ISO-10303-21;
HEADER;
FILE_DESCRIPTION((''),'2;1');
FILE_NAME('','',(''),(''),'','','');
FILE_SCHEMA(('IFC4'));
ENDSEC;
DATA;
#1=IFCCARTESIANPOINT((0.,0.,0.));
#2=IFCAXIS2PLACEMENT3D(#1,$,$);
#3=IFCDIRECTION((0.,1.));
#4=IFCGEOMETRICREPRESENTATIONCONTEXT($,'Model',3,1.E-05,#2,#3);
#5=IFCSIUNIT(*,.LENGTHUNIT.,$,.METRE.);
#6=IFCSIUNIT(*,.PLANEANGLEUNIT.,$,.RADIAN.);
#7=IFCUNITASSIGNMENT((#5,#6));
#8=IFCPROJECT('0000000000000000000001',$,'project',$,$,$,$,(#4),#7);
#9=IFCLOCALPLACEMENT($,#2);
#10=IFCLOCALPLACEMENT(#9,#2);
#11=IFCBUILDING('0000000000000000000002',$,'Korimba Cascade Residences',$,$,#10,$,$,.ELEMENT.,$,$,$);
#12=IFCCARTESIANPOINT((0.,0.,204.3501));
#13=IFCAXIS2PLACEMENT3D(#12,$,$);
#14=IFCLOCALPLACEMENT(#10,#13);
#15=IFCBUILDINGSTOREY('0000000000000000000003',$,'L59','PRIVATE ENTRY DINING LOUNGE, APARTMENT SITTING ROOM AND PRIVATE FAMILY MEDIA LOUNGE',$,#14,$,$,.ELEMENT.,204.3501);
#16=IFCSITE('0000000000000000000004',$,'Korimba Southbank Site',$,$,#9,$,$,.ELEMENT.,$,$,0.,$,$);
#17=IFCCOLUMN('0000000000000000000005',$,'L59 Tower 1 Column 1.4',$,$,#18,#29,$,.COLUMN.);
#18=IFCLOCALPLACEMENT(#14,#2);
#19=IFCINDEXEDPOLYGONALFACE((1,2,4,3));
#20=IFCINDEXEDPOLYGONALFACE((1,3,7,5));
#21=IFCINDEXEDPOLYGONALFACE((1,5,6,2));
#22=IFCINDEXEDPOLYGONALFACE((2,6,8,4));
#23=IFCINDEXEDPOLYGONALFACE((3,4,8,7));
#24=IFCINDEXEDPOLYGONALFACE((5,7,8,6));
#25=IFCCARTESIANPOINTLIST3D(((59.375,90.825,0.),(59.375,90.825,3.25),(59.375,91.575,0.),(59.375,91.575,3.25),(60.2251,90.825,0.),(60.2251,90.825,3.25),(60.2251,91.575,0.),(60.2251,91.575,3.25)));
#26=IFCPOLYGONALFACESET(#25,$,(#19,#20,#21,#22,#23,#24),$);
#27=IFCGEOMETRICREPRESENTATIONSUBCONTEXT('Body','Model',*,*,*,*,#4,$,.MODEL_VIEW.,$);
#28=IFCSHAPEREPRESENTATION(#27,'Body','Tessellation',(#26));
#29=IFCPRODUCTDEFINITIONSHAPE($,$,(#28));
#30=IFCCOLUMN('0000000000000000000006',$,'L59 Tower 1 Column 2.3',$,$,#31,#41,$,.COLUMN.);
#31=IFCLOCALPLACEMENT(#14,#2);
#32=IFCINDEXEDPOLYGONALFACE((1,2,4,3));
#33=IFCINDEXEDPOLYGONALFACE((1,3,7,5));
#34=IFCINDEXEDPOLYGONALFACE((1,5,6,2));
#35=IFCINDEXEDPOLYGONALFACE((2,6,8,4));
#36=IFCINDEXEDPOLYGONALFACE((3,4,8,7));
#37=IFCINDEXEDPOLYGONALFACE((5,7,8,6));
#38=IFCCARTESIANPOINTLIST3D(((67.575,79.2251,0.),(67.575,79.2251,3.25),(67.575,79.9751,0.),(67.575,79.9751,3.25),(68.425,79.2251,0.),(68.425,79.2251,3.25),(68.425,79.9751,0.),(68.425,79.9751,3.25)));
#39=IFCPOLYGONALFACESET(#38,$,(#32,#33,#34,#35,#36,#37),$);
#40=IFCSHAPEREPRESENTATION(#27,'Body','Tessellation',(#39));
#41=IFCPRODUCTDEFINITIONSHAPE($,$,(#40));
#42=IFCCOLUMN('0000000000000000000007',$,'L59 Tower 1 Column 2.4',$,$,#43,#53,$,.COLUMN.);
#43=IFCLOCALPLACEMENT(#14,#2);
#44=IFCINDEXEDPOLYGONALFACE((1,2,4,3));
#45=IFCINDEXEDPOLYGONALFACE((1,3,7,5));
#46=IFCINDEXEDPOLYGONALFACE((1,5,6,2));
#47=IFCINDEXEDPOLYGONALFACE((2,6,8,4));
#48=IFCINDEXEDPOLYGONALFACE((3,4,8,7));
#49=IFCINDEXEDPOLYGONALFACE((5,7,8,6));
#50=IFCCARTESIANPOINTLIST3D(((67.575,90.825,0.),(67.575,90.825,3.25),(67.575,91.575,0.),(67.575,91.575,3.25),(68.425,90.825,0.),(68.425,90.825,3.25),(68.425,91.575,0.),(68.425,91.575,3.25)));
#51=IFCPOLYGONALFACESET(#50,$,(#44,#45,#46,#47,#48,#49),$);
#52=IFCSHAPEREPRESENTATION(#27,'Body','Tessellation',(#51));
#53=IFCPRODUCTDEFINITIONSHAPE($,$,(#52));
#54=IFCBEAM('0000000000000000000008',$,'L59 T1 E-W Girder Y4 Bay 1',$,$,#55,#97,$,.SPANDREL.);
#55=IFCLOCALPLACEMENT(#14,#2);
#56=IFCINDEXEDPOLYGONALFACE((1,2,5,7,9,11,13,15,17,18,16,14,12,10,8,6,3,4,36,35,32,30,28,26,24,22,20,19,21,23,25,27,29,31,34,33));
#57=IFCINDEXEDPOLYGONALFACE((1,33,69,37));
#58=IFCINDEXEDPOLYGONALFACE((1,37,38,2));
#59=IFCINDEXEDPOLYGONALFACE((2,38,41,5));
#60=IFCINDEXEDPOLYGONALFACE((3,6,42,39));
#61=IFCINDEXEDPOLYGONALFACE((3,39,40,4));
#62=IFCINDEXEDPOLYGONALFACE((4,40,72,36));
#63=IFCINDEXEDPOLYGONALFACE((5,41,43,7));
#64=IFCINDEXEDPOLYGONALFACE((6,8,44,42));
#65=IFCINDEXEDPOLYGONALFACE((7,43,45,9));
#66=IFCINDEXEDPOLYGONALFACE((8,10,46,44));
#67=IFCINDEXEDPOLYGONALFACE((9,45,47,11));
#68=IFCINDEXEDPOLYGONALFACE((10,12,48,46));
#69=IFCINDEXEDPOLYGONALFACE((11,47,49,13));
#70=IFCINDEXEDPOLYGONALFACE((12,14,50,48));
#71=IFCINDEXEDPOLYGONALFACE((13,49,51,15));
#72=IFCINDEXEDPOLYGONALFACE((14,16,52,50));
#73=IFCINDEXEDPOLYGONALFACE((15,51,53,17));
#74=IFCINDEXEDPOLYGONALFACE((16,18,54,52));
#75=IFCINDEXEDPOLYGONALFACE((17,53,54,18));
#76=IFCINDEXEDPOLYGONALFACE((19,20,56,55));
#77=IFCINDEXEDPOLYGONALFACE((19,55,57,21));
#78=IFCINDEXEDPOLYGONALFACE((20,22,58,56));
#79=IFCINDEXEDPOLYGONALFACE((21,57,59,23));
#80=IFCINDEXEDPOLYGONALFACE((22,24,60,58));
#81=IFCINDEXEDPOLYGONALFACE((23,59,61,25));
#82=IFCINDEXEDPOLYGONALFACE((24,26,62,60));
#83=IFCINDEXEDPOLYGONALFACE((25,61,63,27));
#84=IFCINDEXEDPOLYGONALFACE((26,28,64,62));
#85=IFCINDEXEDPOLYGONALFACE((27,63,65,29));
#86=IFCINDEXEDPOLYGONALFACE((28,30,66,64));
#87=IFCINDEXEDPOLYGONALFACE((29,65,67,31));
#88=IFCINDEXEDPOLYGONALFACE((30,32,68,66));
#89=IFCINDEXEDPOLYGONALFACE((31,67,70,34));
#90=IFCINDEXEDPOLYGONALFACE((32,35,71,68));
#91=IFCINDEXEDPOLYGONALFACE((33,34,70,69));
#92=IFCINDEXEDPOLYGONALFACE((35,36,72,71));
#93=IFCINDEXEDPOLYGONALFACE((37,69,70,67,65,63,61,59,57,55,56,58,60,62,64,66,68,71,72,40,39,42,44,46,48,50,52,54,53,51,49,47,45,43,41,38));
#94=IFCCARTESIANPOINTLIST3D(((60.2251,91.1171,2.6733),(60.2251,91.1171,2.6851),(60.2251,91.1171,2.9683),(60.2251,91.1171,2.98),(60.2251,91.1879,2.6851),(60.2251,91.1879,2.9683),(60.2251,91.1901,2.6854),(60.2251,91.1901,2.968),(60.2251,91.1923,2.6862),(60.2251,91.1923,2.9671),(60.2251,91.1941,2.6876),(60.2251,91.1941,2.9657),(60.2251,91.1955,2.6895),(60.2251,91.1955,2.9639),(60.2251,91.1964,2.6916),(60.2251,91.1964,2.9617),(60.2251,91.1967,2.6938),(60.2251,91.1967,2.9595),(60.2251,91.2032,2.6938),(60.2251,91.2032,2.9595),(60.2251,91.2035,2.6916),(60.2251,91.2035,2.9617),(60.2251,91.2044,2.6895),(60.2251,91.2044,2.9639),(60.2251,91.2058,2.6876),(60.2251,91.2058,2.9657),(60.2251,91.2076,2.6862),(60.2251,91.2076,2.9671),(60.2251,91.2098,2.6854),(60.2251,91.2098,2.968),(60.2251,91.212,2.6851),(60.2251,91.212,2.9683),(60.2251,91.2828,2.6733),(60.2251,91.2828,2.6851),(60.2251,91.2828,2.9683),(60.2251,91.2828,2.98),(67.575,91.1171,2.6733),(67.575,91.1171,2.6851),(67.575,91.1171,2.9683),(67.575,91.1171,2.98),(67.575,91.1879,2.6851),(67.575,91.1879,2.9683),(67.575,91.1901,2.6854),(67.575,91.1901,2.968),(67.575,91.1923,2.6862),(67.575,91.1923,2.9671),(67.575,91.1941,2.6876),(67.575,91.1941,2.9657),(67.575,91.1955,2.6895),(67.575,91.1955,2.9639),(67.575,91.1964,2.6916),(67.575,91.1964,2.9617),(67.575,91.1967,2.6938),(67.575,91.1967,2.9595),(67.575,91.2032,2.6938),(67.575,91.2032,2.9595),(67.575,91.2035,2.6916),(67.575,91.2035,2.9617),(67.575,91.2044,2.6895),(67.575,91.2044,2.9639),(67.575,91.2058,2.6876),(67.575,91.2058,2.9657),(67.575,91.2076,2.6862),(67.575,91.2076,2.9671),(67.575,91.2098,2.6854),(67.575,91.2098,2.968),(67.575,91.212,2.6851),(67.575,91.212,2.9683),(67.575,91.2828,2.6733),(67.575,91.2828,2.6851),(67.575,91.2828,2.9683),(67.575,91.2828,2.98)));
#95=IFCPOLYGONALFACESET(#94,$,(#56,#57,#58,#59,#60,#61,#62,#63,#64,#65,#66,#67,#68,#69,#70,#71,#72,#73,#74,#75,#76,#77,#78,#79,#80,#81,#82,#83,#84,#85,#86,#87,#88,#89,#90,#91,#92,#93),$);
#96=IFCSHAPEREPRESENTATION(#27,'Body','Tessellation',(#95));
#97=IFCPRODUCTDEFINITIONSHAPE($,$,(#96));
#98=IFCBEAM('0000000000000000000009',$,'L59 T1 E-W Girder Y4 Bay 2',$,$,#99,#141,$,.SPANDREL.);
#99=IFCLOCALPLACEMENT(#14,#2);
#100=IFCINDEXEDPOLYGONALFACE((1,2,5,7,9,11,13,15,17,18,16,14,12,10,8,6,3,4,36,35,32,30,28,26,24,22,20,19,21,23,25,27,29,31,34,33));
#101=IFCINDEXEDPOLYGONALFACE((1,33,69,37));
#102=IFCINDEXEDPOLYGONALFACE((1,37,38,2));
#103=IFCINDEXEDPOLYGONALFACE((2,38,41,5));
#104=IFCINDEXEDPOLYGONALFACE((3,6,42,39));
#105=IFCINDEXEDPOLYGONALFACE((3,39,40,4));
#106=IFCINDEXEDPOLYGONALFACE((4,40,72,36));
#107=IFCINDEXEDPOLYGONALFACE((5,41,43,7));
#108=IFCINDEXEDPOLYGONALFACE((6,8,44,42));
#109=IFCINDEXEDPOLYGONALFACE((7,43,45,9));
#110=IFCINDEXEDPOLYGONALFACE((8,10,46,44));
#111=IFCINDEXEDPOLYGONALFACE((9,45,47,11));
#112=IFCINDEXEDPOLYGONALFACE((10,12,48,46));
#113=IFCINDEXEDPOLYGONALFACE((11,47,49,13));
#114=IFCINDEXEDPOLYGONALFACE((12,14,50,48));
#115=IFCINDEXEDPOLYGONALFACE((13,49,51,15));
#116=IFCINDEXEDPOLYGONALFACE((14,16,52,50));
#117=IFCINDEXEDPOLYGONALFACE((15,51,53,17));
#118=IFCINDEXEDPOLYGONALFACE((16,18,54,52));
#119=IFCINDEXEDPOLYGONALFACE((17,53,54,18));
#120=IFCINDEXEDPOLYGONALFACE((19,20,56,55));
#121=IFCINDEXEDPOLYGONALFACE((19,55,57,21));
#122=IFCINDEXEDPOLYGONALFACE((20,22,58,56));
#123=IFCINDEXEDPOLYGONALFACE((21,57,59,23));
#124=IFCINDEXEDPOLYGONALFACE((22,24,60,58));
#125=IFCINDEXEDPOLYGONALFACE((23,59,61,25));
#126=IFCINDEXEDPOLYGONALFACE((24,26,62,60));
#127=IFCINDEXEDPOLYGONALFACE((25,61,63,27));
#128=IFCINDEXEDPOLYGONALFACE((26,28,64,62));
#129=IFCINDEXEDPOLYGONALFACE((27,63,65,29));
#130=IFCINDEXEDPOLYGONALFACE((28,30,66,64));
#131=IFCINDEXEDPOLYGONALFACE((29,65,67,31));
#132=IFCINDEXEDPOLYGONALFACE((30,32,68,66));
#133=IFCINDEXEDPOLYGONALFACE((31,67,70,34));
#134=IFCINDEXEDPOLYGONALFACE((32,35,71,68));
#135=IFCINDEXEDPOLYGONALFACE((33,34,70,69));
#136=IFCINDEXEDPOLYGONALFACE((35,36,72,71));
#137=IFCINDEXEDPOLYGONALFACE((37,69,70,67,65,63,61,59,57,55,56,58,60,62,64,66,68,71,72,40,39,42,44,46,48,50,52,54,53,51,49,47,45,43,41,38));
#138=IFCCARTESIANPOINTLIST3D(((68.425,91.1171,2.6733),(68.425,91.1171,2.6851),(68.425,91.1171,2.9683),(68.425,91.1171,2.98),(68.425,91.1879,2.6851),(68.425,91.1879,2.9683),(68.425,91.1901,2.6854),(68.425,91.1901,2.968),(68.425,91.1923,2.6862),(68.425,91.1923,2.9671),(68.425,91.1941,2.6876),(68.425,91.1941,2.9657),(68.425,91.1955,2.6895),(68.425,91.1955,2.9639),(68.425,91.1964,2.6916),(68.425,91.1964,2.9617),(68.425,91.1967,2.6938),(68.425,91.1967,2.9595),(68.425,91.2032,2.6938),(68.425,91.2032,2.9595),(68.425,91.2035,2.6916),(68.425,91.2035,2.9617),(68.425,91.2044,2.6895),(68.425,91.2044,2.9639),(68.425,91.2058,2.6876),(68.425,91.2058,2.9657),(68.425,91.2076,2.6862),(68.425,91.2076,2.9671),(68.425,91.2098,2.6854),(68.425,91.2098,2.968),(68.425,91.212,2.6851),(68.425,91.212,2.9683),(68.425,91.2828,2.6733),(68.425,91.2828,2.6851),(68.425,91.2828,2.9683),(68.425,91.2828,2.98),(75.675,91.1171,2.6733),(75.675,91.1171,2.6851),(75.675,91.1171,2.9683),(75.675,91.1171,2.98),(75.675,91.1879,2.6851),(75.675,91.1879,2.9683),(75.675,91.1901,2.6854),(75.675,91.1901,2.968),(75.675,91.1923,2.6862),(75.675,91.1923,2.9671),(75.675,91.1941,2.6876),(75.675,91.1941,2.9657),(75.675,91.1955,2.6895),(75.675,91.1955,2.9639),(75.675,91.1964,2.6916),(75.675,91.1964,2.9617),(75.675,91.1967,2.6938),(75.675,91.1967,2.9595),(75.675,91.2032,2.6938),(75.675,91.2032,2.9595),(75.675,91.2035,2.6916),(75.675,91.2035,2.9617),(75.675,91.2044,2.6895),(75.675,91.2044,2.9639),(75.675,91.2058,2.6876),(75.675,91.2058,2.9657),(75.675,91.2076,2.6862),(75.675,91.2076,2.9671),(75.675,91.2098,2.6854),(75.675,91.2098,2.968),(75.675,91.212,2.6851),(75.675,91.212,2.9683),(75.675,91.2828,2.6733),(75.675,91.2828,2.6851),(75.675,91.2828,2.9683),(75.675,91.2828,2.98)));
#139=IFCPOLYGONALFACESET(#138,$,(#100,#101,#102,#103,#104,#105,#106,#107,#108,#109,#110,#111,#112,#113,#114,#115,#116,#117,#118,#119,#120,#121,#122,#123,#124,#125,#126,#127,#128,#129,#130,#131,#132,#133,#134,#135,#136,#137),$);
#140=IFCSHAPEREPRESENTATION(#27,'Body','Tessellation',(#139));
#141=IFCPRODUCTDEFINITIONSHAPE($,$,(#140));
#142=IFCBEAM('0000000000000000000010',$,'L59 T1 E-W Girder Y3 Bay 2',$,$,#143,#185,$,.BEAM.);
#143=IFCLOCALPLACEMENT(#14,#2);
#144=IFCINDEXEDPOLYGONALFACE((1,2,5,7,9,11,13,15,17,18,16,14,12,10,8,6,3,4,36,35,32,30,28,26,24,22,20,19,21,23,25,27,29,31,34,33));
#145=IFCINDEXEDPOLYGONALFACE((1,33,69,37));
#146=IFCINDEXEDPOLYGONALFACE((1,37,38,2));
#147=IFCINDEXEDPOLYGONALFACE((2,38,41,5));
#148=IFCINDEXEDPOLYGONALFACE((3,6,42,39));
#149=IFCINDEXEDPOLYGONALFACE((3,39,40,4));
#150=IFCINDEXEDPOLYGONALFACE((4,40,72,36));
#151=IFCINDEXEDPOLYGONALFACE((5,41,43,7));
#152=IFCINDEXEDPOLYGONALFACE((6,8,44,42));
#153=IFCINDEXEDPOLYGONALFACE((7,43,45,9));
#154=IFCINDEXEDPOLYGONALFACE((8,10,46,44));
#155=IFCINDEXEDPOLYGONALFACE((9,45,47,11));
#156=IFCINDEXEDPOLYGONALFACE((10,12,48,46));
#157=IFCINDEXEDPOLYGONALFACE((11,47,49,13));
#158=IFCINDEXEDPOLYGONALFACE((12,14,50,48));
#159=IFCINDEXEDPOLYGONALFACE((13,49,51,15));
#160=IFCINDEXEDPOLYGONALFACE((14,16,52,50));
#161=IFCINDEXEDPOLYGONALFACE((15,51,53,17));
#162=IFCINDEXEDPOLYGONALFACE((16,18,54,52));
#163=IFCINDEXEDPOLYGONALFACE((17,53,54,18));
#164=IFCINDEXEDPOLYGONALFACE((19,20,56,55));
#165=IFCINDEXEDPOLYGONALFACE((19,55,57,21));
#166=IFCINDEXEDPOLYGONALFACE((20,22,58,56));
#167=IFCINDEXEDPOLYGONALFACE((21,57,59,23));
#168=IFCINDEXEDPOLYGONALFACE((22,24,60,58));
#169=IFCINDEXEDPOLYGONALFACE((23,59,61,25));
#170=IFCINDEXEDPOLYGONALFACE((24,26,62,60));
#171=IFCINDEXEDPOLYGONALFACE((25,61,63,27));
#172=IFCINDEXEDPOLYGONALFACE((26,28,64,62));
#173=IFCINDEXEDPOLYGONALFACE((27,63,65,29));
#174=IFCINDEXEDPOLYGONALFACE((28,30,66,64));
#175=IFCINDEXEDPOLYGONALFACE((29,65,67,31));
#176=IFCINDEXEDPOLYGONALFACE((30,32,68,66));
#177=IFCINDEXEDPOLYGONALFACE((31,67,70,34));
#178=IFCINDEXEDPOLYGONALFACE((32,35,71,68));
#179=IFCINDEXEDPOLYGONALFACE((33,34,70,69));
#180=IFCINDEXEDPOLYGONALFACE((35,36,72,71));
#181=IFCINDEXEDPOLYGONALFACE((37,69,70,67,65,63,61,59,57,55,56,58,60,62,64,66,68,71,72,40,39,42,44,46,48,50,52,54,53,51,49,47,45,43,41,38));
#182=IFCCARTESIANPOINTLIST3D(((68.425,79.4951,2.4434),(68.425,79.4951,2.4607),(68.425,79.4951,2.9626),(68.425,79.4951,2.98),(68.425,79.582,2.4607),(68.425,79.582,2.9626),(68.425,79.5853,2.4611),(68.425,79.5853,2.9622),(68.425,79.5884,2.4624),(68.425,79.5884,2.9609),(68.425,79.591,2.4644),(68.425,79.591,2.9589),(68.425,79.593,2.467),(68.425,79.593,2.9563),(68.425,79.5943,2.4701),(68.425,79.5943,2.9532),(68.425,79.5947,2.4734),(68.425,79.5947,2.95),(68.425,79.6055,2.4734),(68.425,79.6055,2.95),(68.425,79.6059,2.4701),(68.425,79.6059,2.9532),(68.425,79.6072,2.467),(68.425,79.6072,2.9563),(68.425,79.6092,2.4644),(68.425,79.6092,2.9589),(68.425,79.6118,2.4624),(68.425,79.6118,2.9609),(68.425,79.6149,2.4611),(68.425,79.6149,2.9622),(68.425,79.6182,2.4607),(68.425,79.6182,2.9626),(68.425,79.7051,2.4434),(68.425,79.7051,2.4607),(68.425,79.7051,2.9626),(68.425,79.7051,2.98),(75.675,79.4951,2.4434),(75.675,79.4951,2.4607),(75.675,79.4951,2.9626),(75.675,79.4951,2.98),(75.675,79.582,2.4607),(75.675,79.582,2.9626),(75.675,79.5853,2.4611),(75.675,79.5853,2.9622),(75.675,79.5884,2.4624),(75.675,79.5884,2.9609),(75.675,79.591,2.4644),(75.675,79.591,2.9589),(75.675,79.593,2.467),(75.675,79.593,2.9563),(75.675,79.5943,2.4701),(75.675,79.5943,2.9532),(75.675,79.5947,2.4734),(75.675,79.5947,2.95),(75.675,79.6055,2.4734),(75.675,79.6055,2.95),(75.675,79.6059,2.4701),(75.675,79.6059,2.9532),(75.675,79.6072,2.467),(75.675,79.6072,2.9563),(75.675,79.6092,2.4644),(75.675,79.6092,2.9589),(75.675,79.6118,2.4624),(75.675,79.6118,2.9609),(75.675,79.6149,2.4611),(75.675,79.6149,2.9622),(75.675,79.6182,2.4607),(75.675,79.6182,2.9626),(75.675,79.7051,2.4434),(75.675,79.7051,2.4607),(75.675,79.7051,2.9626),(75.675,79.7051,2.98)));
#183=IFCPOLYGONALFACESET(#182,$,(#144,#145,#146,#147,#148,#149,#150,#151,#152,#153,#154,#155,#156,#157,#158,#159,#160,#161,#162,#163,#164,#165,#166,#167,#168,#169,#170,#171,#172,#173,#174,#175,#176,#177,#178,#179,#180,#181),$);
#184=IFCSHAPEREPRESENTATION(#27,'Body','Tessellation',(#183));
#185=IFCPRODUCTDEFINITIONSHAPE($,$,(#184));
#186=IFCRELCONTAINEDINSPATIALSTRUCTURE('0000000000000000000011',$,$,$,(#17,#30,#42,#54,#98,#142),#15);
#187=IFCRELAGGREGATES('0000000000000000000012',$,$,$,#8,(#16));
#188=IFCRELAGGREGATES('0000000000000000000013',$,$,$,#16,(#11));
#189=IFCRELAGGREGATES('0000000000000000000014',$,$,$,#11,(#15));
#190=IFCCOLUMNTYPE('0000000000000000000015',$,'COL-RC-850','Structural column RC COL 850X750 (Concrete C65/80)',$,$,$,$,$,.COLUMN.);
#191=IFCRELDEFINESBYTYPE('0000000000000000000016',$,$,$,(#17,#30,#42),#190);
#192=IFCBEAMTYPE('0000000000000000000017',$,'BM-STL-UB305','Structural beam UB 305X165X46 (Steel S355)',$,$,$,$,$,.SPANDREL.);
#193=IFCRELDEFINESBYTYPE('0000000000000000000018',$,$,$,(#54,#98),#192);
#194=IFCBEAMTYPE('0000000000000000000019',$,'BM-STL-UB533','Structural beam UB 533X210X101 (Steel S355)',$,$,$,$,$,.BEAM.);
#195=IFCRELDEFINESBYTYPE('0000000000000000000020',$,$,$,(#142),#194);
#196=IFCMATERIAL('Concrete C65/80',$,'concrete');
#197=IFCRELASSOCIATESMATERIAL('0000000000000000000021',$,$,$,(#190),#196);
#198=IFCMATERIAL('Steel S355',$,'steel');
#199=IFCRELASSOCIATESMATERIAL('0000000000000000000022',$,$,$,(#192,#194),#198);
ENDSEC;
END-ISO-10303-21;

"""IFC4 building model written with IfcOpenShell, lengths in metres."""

from ifc_helpers import new_model, si_unit, direction, frame, origin, origin_2d, place, context, subcontext, project, spatial, rectangle, i_section, extrude, material, material_profile, profile_set, type_object, element, save


model = new_model("IFC4")

# Units and contexts
model_context = context("Model", 3, precision=1e-05, world=origin(), true_north=direction((0.0, 1.0)))
body_context = subcontext(model_context, "Body", "Model", "MODEL_VIEW")
ifc_project = project(units=[si_unit("LENGTHUNIT", "METRE"), si_unit("PLANEANGLEUNIT", "RADIAN")], contexts=[model_context])

# Site, building, storey
site_placement = place(None, origin())
site = spatial("IfcSite", under=ifc_project, at=site_placement, Name="Korimba Southbank Site", CompositionType="ELEMENT", RefElevation=0.0)
building_placement = place(site_placement, origin())
building = spatial("IfcBuilding", under=site, at=building_placement, Name="Korimba Cascade Residences", CompositionType="ELEMENT")
storey_placement = place(building_placement, frame((0.0, 0.0, 204.3501)))
storey = spatial("IfcBuildingStorey", under=building, at=storey_placement, Name="L59", Description="PRIVATE ENTRY DINING LOUNGE, APARTMENT SITTING ROOM AND PRIVATE FAMILY MEDIA LOUNGE", CompositionType="ELEMENT", Elevation=204.3501)

# Columns
ifc_material_1 = material(Name="Concrete C65/80", Category="concrete")
ifc_material_profile_1 = material_profile(ifc_material_1, rectangle(XDim=0.8501, YDim=0.75, at=origin_2d()), Name="Concrete C65/80")
ifc_profile_set_1 = profile_set([ifc_material_profile_1], Name="Concrete C65/80")
column_type = type_object("IfcColumnType", Name="COL-RC-850", Description="Structural column RC COL 850X750 (Concrete C65/80)", PredefinedType="COLUMN", material=ifc_profile_set_1)
for number, where, z_axis, x_axis, name in (
    (1, (59.8, 91.2, 0.0), (0.0, 0.0, 1.0), (1.0, 0.0, 0.0), "L59 Tower 1 Column 1.4"),
    (2, (68.0, 79.6001, 0.0), (0.0, 0.0, 1.0), (1.0, 0.0, 0.0), "L59 Tower 1 Column 2.3"),
    (3, (68.0, 91.2, 0.0), (0.0, 0.0, 1.0), (1.0, 0.0, 0.0), "L59 Tower 1 Column 2.4"),
):
    element("IfcColumn", number, at=place(storey_placement, frame(where, z_axis=z_axis, x_axis=x_axis)), inside=storey, type_object=column_type, Name=name, PredefinedType="COLUMN", context=body_context, shape_type="SweptSolid", body=[
        extrude(rectangle(XDim=0.8501, YDim=0.75, at=origin_2d()), origin(), (0.0, 0.0, 1.0), 3.25),
    ])

# Beams
ifc_material_2 = material(Name="Steel S355", Category="steel")
ifc_material_profile_2 = material_profile(ifc_material_2, i_section(OverallWidth=0.1658, OverallDepth=0.3066, WebThickness=0.0066, FlangeThickness=0.0117, FilletRadius=0.0088, at=origin_2d()), Name="Steel S355")
ifc_profile_set_2 = profile_set([ifc_material_profile_2], Name="Steel S355")
beam_type_1 = type_object("IfcBeamType", Name="BM-STL-UB305", Description="Structural beam UB 305X165X46 (Steel S355)", PredefinedType="SPANDREL", material=ifc_profile_set_2)
beam_1_placement = place(storey_placement, frame((60.2251, 91.2, 2.8267), z_axis=(1.0, 0.0, 0.0), x_axis=(0.0, 1.0, 0.0)))
element("IfcBeam", 4, at=beam_1_placement, inside=storey, type_object=beam_type_1, Name="L59 T1 E-W Girder Y4 Bay 1", PredefinedType="SPANDREL", context=body_context, shape_type="SweptSolid", body=[
    extrude(i_section(OverallWidth=0.1658, OverallDepth=0.3066, WebThickness=0.0066, FlangeThickness=0.0117, FilletRadius=0.0088, at=origin_2d()), origin(), (0.0, 0.0, 1.0), 7.3499),
])
beam_2_placement = place(storey_placement, frame((68.425, 91.2, 2.8267), z_axis=(1.0, 0.0, 0.0), x_axis=(0.0, 1.0, 0.0)))
element("IfcBeam", 5, at=beam_2_placement, inside=storey, type_object=beam_type_1, Name="L59 T1 E-W Girder Y4 Bay 2", PredefinedType="SPANDREL", context=body_context, shape_type="SweptSolid", body=[
    extrude(i_section(OverallWidth=0.1658, OverallDepth=0.3066, WebThickness=0.0066, FlangeThickness=0.0117, FilletRadius=0.0088, at=origin_2d()), origin(), (0.0, 0.0, 1.0), 7.25),
])
ifc_material_profile_3 = material_profile(ifc_material_2, i_section(OverallWidth=0.21, OverallDepth=0.5366, WebThickness=0.0107, FlangeThickness=0.0173, FilletRadius=0.0127, at=origin_2d()), Name="Steel S355")
ifc_profile_set_3 = profile_set([ifc_material_profile_3], Name="Steel S355")
beam_type_2 = type_object("IfcBeamType", Name="BM-STL-UB533", Description="Structural beam UB 533X210X101 (Steel S355)", PredefinedType="BEAM", material=ifc_profile_set_3)
beam_3_placement = place(storey_placement, frame((68.425, 79.6001, 2.7117), z_axis=(1.0, 0.0, 0.0), x_axis=(0.0, 1.0, 0.0)))
element("IfcBeam", 6, at=beam_3_placement, inside=storey, type_object=beam_type_2, Name="L59 T1 E-W Girder Y3 Bay 2", PredefinedType="BEAM", context=body_context, shape_type="SweptSolid", body=[
    extrude(i_section(OverallWidth=0.21, OverallDepth=0.5366, WebThickness=0.0107, FlangeThickness=0.0173, FilletRadius=0.0127, at=origin_2d()), origin(), (0.0, 0.0, 1.0), 7.25),
])

save(model, "model.ifc")
